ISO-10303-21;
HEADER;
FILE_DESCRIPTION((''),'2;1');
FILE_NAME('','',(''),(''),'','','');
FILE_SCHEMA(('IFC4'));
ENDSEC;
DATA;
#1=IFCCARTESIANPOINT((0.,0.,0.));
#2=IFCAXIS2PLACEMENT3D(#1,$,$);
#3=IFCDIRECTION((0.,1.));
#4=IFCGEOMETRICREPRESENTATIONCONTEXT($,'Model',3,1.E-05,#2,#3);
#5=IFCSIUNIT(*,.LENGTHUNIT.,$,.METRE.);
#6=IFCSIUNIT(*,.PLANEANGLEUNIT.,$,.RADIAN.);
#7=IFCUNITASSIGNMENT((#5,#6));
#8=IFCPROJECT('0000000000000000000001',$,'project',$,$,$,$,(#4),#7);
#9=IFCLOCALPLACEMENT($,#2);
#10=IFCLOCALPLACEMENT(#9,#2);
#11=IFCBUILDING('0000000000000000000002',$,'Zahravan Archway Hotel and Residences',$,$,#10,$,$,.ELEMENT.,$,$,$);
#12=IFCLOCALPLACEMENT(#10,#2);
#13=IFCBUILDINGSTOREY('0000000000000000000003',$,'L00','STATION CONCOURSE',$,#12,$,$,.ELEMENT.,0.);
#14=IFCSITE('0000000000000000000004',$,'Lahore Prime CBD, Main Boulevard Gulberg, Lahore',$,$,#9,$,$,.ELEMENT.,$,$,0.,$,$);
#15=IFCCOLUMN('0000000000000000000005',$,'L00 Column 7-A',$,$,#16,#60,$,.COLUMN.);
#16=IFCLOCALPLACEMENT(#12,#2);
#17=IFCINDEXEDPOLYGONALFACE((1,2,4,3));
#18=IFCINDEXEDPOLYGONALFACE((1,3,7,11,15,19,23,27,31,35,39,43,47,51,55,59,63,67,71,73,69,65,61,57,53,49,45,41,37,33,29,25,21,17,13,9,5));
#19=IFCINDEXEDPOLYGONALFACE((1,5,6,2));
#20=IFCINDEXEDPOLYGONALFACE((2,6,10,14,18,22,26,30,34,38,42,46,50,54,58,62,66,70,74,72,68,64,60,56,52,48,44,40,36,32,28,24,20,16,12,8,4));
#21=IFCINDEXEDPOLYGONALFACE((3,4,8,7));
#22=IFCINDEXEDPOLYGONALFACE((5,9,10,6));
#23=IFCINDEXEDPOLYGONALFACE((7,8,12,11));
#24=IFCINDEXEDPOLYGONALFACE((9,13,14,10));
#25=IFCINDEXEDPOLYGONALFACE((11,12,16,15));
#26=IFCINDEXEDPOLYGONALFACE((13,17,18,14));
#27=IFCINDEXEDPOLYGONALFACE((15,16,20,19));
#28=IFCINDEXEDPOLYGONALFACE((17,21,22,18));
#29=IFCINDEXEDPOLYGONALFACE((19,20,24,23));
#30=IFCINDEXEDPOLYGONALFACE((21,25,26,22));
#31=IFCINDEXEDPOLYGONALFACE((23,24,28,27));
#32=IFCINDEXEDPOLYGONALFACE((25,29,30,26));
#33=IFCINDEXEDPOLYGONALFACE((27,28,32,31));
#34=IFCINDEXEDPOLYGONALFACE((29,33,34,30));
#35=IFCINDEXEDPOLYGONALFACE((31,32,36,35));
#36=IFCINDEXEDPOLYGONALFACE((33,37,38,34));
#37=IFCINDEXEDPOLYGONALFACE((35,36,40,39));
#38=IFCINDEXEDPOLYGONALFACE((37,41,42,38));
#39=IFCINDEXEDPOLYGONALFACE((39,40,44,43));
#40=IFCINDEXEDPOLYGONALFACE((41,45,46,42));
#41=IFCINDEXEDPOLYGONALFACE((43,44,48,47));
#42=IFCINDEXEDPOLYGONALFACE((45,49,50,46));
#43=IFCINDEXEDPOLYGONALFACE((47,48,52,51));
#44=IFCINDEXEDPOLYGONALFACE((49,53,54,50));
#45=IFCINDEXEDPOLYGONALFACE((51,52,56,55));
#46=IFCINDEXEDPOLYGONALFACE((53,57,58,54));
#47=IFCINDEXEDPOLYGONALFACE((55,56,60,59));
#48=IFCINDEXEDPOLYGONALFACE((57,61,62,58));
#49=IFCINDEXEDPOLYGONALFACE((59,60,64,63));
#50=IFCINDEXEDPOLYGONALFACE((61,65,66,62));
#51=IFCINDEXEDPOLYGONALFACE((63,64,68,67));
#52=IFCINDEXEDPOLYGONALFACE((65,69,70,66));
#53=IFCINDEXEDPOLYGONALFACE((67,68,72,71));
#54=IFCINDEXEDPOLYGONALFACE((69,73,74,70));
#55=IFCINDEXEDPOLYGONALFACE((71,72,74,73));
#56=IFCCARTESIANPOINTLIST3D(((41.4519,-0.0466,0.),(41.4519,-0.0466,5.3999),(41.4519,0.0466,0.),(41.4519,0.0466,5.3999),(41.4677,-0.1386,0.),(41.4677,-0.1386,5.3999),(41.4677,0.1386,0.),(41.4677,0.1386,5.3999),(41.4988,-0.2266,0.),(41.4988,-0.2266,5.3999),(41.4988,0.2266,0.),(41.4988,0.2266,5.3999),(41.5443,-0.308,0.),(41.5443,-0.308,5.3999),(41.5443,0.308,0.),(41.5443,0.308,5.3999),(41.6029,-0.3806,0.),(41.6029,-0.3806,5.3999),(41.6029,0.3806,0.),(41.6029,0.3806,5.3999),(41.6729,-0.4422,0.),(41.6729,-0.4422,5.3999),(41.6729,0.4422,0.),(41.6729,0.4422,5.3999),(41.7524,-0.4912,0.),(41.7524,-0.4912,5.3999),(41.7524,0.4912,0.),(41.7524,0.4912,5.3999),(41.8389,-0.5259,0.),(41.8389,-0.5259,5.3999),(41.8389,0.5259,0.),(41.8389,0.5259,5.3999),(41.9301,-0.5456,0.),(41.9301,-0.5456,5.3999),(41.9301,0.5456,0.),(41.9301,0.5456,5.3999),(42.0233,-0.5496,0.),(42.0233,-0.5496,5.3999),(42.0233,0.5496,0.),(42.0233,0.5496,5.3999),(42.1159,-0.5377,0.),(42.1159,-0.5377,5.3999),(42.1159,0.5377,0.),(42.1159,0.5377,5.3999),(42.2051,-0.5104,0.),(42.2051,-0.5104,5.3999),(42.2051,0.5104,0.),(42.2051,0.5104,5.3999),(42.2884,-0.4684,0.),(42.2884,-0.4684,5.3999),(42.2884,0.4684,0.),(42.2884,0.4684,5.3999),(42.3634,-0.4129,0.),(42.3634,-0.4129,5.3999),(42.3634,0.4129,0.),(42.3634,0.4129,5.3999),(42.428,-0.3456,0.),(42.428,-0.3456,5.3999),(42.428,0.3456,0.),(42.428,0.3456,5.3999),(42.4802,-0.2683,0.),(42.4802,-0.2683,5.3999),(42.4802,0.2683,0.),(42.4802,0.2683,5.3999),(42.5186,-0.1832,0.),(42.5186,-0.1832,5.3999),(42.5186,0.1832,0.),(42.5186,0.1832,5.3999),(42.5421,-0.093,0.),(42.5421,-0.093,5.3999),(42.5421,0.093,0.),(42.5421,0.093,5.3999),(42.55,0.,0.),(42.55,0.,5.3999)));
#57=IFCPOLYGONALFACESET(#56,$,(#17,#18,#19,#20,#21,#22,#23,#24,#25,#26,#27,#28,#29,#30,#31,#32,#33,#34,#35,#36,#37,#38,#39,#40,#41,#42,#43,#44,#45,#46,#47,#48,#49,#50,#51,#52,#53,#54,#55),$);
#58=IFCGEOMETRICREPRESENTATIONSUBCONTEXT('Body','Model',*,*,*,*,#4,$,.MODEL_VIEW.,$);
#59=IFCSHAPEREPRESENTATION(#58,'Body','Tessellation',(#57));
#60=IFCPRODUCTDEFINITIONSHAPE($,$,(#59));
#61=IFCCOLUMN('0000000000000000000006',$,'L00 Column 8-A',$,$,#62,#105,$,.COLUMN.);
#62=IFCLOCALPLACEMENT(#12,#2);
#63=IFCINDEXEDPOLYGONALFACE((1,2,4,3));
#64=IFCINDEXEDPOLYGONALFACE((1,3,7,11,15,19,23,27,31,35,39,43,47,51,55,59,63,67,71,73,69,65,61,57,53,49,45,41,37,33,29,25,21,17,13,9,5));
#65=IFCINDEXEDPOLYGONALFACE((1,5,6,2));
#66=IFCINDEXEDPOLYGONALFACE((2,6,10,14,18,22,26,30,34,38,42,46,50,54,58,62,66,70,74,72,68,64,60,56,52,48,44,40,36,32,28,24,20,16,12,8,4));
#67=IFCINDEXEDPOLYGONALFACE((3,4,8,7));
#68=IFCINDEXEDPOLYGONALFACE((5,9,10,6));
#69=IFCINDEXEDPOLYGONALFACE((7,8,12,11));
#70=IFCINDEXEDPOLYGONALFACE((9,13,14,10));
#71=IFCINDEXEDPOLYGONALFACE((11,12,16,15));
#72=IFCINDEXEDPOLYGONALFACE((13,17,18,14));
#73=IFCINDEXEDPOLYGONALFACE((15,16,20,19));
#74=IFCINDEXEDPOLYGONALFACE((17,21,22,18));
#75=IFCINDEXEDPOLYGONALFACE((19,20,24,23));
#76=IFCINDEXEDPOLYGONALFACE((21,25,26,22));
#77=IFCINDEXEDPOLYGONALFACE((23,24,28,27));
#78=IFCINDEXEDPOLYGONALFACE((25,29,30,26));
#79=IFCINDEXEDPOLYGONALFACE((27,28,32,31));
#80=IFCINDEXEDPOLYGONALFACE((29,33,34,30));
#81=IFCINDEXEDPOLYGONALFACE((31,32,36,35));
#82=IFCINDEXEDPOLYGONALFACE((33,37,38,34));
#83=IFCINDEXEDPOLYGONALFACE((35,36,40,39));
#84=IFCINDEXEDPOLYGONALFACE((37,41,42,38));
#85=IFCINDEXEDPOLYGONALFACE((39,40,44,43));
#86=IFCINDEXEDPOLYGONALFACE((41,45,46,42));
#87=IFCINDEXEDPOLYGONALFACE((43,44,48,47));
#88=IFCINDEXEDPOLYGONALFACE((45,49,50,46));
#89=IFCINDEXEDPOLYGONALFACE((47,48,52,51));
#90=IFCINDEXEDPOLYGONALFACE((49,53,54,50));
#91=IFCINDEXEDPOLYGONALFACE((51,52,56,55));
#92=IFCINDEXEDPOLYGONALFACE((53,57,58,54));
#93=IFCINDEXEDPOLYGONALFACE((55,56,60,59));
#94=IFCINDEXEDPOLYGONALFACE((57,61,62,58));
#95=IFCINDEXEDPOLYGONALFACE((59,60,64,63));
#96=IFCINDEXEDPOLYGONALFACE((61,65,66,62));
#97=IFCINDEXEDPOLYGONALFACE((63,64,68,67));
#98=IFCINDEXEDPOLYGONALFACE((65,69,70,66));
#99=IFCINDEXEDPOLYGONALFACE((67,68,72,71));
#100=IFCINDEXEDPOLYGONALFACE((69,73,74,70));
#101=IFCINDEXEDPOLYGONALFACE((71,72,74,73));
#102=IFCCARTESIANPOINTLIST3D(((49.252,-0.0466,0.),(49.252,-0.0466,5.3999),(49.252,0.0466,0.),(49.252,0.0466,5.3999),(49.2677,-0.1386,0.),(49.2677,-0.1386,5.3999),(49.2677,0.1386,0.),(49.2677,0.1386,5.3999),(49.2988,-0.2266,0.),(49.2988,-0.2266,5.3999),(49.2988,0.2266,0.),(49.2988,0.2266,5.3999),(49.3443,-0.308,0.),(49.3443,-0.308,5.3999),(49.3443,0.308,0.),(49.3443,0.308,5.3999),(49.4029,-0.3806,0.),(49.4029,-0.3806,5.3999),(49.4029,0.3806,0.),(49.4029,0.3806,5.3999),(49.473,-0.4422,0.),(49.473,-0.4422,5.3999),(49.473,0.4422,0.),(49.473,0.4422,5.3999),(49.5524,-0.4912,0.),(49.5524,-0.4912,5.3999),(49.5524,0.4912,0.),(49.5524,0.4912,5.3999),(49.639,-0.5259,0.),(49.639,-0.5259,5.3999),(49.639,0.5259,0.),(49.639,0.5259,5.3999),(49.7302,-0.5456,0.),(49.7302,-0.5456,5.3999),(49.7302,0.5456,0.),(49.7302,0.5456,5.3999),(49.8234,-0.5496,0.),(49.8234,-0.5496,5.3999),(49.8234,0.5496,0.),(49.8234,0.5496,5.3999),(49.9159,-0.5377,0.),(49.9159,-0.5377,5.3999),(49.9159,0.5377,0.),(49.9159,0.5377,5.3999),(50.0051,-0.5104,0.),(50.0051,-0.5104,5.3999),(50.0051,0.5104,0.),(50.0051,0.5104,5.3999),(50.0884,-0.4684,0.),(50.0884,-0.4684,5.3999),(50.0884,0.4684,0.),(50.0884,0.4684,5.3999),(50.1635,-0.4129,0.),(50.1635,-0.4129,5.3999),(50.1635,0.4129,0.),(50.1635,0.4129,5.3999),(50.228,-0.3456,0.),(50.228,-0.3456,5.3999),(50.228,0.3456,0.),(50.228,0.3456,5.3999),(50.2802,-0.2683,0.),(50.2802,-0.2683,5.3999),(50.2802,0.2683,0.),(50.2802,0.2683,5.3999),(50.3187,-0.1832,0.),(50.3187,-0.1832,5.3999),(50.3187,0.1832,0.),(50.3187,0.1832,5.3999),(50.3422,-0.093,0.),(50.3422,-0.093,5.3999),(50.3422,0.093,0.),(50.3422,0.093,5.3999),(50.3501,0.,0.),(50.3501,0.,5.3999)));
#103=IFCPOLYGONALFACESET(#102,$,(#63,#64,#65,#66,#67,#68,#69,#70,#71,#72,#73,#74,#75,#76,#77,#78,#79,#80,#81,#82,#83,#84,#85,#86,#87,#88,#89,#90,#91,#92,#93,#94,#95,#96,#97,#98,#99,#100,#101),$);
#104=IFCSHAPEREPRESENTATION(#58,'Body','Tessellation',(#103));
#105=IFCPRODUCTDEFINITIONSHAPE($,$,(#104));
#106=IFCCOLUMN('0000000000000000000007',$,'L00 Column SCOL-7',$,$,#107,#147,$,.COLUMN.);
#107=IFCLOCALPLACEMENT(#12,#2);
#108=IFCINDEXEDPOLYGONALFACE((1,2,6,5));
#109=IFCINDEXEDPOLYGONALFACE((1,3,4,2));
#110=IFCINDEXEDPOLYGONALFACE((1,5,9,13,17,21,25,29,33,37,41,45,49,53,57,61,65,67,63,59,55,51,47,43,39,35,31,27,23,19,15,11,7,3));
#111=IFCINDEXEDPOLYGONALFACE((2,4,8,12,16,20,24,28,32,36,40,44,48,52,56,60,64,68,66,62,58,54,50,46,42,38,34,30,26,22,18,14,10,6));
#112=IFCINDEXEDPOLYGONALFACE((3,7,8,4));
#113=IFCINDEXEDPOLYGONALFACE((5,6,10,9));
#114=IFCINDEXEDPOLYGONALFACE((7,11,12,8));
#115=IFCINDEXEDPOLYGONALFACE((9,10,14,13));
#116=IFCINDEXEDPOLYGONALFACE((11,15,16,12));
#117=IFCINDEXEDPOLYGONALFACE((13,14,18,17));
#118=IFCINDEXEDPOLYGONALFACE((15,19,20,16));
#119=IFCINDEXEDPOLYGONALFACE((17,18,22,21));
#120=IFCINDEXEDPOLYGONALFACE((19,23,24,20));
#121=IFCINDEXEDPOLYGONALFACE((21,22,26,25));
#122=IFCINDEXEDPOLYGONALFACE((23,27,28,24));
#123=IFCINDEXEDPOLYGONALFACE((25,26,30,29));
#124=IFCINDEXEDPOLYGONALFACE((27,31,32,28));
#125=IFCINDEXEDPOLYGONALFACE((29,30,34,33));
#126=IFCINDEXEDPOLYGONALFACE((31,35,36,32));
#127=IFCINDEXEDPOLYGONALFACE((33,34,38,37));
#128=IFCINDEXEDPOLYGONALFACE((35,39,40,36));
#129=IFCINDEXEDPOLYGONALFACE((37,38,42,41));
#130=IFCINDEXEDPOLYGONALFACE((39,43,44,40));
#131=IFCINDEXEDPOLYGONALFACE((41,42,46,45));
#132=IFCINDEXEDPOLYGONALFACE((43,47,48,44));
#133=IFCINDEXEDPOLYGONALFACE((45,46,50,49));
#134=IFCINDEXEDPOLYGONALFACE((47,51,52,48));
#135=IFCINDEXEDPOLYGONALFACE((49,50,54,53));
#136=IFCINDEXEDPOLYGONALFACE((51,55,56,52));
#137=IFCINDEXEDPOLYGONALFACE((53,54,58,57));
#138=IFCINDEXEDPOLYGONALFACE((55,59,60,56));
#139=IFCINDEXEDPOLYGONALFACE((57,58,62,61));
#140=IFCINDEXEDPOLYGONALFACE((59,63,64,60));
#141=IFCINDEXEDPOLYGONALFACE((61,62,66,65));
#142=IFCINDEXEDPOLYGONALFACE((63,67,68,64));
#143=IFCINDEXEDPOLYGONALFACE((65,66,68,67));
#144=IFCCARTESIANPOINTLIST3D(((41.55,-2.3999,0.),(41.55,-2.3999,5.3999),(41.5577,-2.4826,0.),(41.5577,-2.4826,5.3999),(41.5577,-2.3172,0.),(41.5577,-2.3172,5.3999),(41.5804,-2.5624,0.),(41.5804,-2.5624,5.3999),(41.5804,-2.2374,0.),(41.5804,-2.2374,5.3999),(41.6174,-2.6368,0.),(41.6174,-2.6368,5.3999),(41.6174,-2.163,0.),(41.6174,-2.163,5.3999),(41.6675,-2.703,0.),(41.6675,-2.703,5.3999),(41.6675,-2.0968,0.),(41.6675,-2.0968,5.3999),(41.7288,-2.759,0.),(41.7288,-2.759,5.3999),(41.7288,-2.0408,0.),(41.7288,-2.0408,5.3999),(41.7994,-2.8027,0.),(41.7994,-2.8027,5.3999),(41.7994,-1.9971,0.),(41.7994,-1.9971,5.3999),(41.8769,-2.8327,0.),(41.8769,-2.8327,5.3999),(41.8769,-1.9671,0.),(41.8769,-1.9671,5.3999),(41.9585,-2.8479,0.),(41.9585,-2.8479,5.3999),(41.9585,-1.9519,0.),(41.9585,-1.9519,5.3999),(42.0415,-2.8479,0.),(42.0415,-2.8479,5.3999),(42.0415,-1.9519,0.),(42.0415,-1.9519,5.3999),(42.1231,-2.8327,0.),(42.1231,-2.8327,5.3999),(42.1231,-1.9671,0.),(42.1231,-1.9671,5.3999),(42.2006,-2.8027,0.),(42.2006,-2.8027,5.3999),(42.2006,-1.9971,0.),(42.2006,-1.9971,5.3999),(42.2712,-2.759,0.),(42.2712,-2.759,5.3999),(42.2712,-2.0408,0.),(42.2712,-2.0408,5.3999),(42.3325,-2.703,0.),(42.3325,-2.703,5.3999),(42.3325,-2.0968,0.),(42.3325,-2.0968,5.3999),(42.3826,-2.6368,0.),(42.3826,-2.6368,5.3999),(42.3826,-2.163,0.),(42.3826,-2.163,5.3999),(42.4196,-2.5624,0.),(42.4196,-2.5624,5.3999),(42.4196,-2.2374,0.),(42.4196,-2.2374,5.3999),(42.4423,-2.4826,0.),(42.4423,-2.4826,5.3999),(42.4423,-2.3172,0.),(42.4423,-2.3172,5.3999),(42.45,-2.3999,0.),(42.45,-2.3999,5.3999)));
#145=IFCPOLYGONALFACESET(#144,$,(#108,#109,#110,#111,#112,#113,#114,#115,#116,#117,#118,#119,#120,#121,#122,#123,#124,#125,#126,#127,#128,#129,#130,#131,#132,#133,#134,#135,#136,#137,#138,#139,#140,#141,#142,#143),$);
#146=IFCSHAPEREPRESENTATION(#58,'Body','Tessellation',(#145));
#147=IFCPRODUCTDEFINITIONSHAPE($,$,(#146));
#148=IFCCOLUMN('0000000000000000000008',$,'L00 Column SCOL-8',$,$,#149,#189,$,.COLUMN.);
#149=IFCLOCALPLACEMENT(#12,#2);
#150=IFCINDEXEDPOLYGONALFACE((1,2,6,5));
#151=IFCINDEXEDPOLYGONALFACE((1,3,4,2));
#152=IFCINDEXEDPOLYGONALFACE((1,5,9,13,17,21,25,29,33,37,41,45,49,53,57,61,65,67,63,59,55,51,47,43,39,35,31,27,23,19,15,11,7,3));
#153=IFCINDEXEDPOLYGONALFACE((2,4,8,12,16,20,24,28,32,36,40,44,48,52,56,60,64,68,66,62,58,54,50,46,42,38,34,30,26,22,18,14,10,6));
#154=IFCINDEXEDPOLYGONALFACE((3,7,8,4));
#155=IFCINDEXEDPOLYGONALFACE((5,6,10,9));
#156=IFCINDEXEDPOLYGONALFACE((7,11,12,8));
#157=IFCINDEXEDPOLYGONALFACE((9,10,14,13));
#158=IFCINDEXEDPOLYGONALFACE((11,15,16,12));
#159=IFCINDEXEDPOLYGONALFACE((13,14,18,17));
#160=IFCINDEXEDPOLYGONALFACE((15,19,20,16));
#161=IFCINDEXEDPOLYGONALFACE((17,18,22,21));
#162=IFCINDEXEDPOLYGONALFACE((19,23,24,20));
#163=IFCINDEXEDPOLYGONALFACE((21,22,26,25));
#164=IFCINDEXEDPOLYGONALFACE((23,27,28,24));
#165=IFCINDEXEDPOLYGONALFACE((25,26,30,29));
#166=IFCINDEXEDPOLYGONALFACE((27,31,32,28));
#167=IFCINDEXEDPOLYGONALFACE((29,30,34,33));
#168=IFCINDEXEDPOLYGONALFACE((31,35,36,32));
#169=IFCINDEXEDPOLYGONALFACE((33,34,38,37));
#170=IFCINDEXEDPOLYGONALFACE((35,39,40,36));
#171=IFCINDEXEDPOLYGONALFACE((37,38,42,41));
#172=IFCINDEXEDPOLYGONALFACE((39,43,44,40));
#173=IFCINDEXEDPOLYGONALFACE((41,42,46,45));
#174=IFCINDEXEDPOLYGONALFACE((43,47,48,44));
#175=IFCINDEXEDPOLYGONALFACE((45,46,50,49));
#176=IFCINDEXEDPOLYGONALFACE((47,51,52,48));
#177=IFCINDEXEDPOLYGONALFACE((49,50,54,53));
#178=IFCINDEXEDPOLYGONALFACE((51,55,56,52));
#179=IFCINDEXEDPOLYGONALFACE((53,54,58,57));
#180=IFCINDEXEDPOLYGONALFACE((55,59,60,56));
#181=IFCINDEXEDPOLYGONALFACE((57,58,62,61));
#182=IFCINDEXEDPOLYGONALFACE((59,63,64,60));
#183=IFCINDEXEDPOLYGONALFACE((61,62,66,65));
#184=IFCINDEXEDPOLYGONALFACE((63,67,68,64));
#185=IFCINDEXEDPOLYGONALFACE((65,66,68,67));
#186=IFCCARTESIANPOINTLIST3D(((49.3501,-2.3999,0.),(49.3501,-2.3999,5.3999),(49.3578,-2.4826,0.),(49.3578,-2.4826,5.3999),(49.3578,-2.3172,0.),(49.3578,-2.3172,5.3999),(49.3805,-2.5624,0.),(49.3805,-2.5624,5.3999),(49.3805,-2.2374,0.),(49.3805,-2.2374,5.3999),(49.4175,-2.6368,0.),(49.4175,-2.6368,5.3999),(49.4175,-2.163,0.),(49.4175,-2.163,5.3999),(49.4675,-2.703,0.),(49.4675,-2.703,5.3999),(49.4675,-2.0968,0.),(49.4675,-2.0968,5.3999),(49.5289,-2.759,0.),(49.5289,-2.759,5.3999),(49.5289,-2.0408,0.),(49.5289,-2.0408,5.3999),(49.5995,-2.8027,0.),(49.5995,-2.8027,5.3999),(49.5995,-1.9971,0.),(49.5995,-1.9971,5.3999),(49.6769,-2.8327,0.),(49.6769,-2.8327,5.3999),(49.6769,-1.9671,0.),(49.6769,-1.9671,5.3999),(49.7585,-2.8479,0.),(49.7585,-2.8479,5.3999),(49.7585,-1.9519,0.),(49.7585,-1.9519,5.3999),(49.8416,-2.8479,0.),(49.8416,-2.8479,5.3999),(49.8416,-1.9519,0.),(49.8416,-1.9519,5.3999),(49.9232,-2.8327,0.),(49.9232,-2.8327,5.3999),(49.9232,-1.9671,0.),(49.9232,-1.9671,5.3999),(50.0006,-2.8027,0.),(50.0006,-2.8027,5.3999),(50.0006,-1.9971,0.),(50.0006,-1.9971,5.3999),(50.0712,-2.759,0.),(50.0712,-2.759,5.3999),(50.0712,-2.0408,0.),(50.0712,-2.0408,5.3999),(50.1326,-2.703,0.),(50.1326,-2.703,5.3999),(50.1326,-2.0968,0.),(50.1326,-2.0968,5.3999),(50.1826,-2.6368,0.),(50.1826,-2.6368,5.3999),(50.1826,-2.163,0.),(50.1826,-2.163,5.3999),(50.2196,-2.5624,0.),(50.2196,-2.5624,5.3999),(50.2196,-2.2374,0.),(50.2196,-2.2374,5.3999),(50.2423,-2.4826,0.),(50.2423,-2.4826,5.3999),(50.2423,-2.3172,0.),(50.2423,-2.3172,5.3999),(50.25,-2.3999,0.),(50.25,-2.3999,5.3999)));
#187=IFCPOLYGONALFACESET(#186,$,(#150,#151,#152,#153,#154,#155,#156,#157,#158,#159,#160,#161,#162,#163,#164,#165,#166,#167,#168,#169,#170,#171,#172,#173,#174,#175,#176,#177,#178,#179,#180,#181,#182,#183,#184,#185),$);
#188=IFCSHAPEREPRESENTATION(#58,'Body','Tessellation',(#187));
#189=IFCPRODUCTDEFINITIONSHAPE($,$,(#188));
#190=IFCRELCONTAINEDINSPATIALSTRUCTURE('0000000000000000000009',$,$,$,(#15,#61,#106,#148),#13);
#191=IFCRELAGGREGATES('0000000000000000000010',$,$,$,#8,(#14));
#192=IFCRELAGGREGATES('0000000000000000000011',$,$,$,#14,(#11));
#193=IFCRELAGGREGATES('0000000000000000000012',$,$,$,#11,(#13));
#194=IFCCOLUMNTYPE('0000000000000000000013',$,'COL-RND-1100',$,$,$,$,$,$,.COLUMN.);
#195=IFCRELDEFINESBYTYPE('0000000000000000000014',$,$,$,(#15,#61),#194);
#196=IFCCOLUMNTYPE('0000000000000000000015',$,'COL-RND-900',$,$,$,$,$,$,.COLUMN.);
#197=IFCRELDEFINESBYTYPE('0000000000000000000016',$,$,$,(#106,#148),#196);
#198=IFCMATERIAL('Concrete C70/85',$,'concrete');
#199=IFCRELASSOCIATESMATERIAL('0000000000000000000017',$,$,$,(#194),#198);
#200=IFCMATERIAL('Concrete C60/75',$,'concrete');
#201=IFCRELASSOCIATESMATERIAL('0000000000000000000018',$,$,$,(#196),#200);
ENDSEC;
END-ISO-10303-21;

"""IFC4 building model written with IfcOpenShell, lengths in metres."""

from ifc_helpers import new_model, si_unit, direction, frame, origin, origin_2d, place, context, subcontext, project, spatial, circle, extrude, source, transform, mapped, material, material_profile, profile_set, type_object, type_shapes, element, save


model = new_model("IFC4")

# Units and contexts
model_context = context("Model", 3, precision=1e-05, world=origin(), true_north=direction((0.0, 1.0)))
body_context = subcontext(model_context, "Body", "Model", "MODEL_VIEW")
ifc_project = project(units=[si_unit("LENGTHUNIT", "METRE"), si_unit("PLANEANGLEUNIT", "RADIAN")], contexts=[model_context])

# Site, building, storey
site_placement = place(None, origin())
site = spatial("IfcSite", under=ifc_project, at=site_placement, Name="Lahore Prime CBD, Main Boulevard Gulberg, Lahore", CompositionType="ELEMENT", RefElevation=0.0)
building_placement = place(site_placement, origin())
building = spatial("IfcBuilding", under=site, at=building_placement, Name="Zahravan Archway Hotel and Residences", CompositionType="ELEMENT")
storey_placement = place(building_placement, origin())
storey = spatial("IfcBuildingStorey", under=building, at=storey_placement, Name="L00", Description="STATION CONCOURSE", CompositionType="ELEMENT", Elevation=0.0)

# Columns
ifc_material_1 = material(Name="Concrete C70/85", Category="concrete")
ifc_material_profile_1 = material_profile(ifc_material_1, circle(Radius=0.55, at=origin_2d()), Name="RC-CIRC-1100", Category="concrete")
ifc_profile_set_1 = profile_set([ifc_material_profile_1], Name="Concrete C70/85")
column_type_1 = type_object("IfcColumnType", Name="COL-RND-1100", PredefinedType="COLUMN", material=ifc_profile_set_1)
shared_shape_1 = source(origin(), body_context, "Body", "SweptSolid", [
    extrude(circle(Radius=0.55, at=origin_2d()), origin(), (0.0, 0.0, 1.0), 5.3999),
])
type_shapes(column_type_1, [shared_shape_1])
for number, where, z_axis, x_axis, name in (
    (1, (42.0, 0.0, 0.0), (0.0, 0.0, 1.0), (1.0, 0.0, 0.0), "L00 Column 7-A"),
    (2, (49.8, 0.0, 0.0), (0.0, 0.0, 1.0), (1.0, 0.0, 0.0), "L00 Column 8-A"),
):
    element("IfcColumn", number, at=place(storey_placement, frame(where, z_axis=z_axis, x_axis=x_axis)), inside=storey, type_object=column_type_1, Name=name, PredefinedType="COLUMN", context=body_context, shape_type="MappedRepresentation", body=[
        mapped(shared_shape_1, transform((0.0, 0.0, 0.0), scale=1.0)),
    ])
ifc_material_2 = material(Name="Concrete C60/75", Category="concrete")
ifc_material_profile_2 = material_profile(ifc_material_2, circle(Radius=0.45, at=origin_2d()), Name="RC-CIRC-900", Category="concrete")
ifc_profile_set_2 = profile_set([ifc_material_profile_2], Name="Concrete C60/75")
column_type_2 = type_object("IfcColumnType", Name="COL-RND-900", PredefinedType="COLUMN", material=ifc_profile_set_2)
shared_shape_2 = source(origin(), body_context, "Body", "SweptSolid", [
    extrude(circle(Radius=0.45, at=origin_2d()), origin(), (0.0, 0.0, 1.0), 5.3999),
])
type_shapes(column_type_2, [shared_shape_2])
for number, where, z_axis, x_axis, name in (
    (3, (42.0, -2.3999, 0.0), (0.0, 0.0, 1.0), (1.0, 0.0, 0.0), "L00 Column SCOL-7"),
    (4, (49.8, -2.3999, 0.0), (0.0, 0.0, 1.0), (1.0, 0.0, 0.0), "L00 Column SCOL-8"),
):
    element("IfcColumn", number, at=place(storey_placement, frame(where, z_axis=z_axis, x_axis=x_axis)), inside=storey, type_object=column_type_2, Name=name, PredefinedType="COLUMN", context=body_context, shape_type="MappedRepresentation", body=[
        mapped(shared_shape_2, transform((0.0, 0.0, 0.0), scale=1.0)),
    ])

save(model, "model.ifc")
